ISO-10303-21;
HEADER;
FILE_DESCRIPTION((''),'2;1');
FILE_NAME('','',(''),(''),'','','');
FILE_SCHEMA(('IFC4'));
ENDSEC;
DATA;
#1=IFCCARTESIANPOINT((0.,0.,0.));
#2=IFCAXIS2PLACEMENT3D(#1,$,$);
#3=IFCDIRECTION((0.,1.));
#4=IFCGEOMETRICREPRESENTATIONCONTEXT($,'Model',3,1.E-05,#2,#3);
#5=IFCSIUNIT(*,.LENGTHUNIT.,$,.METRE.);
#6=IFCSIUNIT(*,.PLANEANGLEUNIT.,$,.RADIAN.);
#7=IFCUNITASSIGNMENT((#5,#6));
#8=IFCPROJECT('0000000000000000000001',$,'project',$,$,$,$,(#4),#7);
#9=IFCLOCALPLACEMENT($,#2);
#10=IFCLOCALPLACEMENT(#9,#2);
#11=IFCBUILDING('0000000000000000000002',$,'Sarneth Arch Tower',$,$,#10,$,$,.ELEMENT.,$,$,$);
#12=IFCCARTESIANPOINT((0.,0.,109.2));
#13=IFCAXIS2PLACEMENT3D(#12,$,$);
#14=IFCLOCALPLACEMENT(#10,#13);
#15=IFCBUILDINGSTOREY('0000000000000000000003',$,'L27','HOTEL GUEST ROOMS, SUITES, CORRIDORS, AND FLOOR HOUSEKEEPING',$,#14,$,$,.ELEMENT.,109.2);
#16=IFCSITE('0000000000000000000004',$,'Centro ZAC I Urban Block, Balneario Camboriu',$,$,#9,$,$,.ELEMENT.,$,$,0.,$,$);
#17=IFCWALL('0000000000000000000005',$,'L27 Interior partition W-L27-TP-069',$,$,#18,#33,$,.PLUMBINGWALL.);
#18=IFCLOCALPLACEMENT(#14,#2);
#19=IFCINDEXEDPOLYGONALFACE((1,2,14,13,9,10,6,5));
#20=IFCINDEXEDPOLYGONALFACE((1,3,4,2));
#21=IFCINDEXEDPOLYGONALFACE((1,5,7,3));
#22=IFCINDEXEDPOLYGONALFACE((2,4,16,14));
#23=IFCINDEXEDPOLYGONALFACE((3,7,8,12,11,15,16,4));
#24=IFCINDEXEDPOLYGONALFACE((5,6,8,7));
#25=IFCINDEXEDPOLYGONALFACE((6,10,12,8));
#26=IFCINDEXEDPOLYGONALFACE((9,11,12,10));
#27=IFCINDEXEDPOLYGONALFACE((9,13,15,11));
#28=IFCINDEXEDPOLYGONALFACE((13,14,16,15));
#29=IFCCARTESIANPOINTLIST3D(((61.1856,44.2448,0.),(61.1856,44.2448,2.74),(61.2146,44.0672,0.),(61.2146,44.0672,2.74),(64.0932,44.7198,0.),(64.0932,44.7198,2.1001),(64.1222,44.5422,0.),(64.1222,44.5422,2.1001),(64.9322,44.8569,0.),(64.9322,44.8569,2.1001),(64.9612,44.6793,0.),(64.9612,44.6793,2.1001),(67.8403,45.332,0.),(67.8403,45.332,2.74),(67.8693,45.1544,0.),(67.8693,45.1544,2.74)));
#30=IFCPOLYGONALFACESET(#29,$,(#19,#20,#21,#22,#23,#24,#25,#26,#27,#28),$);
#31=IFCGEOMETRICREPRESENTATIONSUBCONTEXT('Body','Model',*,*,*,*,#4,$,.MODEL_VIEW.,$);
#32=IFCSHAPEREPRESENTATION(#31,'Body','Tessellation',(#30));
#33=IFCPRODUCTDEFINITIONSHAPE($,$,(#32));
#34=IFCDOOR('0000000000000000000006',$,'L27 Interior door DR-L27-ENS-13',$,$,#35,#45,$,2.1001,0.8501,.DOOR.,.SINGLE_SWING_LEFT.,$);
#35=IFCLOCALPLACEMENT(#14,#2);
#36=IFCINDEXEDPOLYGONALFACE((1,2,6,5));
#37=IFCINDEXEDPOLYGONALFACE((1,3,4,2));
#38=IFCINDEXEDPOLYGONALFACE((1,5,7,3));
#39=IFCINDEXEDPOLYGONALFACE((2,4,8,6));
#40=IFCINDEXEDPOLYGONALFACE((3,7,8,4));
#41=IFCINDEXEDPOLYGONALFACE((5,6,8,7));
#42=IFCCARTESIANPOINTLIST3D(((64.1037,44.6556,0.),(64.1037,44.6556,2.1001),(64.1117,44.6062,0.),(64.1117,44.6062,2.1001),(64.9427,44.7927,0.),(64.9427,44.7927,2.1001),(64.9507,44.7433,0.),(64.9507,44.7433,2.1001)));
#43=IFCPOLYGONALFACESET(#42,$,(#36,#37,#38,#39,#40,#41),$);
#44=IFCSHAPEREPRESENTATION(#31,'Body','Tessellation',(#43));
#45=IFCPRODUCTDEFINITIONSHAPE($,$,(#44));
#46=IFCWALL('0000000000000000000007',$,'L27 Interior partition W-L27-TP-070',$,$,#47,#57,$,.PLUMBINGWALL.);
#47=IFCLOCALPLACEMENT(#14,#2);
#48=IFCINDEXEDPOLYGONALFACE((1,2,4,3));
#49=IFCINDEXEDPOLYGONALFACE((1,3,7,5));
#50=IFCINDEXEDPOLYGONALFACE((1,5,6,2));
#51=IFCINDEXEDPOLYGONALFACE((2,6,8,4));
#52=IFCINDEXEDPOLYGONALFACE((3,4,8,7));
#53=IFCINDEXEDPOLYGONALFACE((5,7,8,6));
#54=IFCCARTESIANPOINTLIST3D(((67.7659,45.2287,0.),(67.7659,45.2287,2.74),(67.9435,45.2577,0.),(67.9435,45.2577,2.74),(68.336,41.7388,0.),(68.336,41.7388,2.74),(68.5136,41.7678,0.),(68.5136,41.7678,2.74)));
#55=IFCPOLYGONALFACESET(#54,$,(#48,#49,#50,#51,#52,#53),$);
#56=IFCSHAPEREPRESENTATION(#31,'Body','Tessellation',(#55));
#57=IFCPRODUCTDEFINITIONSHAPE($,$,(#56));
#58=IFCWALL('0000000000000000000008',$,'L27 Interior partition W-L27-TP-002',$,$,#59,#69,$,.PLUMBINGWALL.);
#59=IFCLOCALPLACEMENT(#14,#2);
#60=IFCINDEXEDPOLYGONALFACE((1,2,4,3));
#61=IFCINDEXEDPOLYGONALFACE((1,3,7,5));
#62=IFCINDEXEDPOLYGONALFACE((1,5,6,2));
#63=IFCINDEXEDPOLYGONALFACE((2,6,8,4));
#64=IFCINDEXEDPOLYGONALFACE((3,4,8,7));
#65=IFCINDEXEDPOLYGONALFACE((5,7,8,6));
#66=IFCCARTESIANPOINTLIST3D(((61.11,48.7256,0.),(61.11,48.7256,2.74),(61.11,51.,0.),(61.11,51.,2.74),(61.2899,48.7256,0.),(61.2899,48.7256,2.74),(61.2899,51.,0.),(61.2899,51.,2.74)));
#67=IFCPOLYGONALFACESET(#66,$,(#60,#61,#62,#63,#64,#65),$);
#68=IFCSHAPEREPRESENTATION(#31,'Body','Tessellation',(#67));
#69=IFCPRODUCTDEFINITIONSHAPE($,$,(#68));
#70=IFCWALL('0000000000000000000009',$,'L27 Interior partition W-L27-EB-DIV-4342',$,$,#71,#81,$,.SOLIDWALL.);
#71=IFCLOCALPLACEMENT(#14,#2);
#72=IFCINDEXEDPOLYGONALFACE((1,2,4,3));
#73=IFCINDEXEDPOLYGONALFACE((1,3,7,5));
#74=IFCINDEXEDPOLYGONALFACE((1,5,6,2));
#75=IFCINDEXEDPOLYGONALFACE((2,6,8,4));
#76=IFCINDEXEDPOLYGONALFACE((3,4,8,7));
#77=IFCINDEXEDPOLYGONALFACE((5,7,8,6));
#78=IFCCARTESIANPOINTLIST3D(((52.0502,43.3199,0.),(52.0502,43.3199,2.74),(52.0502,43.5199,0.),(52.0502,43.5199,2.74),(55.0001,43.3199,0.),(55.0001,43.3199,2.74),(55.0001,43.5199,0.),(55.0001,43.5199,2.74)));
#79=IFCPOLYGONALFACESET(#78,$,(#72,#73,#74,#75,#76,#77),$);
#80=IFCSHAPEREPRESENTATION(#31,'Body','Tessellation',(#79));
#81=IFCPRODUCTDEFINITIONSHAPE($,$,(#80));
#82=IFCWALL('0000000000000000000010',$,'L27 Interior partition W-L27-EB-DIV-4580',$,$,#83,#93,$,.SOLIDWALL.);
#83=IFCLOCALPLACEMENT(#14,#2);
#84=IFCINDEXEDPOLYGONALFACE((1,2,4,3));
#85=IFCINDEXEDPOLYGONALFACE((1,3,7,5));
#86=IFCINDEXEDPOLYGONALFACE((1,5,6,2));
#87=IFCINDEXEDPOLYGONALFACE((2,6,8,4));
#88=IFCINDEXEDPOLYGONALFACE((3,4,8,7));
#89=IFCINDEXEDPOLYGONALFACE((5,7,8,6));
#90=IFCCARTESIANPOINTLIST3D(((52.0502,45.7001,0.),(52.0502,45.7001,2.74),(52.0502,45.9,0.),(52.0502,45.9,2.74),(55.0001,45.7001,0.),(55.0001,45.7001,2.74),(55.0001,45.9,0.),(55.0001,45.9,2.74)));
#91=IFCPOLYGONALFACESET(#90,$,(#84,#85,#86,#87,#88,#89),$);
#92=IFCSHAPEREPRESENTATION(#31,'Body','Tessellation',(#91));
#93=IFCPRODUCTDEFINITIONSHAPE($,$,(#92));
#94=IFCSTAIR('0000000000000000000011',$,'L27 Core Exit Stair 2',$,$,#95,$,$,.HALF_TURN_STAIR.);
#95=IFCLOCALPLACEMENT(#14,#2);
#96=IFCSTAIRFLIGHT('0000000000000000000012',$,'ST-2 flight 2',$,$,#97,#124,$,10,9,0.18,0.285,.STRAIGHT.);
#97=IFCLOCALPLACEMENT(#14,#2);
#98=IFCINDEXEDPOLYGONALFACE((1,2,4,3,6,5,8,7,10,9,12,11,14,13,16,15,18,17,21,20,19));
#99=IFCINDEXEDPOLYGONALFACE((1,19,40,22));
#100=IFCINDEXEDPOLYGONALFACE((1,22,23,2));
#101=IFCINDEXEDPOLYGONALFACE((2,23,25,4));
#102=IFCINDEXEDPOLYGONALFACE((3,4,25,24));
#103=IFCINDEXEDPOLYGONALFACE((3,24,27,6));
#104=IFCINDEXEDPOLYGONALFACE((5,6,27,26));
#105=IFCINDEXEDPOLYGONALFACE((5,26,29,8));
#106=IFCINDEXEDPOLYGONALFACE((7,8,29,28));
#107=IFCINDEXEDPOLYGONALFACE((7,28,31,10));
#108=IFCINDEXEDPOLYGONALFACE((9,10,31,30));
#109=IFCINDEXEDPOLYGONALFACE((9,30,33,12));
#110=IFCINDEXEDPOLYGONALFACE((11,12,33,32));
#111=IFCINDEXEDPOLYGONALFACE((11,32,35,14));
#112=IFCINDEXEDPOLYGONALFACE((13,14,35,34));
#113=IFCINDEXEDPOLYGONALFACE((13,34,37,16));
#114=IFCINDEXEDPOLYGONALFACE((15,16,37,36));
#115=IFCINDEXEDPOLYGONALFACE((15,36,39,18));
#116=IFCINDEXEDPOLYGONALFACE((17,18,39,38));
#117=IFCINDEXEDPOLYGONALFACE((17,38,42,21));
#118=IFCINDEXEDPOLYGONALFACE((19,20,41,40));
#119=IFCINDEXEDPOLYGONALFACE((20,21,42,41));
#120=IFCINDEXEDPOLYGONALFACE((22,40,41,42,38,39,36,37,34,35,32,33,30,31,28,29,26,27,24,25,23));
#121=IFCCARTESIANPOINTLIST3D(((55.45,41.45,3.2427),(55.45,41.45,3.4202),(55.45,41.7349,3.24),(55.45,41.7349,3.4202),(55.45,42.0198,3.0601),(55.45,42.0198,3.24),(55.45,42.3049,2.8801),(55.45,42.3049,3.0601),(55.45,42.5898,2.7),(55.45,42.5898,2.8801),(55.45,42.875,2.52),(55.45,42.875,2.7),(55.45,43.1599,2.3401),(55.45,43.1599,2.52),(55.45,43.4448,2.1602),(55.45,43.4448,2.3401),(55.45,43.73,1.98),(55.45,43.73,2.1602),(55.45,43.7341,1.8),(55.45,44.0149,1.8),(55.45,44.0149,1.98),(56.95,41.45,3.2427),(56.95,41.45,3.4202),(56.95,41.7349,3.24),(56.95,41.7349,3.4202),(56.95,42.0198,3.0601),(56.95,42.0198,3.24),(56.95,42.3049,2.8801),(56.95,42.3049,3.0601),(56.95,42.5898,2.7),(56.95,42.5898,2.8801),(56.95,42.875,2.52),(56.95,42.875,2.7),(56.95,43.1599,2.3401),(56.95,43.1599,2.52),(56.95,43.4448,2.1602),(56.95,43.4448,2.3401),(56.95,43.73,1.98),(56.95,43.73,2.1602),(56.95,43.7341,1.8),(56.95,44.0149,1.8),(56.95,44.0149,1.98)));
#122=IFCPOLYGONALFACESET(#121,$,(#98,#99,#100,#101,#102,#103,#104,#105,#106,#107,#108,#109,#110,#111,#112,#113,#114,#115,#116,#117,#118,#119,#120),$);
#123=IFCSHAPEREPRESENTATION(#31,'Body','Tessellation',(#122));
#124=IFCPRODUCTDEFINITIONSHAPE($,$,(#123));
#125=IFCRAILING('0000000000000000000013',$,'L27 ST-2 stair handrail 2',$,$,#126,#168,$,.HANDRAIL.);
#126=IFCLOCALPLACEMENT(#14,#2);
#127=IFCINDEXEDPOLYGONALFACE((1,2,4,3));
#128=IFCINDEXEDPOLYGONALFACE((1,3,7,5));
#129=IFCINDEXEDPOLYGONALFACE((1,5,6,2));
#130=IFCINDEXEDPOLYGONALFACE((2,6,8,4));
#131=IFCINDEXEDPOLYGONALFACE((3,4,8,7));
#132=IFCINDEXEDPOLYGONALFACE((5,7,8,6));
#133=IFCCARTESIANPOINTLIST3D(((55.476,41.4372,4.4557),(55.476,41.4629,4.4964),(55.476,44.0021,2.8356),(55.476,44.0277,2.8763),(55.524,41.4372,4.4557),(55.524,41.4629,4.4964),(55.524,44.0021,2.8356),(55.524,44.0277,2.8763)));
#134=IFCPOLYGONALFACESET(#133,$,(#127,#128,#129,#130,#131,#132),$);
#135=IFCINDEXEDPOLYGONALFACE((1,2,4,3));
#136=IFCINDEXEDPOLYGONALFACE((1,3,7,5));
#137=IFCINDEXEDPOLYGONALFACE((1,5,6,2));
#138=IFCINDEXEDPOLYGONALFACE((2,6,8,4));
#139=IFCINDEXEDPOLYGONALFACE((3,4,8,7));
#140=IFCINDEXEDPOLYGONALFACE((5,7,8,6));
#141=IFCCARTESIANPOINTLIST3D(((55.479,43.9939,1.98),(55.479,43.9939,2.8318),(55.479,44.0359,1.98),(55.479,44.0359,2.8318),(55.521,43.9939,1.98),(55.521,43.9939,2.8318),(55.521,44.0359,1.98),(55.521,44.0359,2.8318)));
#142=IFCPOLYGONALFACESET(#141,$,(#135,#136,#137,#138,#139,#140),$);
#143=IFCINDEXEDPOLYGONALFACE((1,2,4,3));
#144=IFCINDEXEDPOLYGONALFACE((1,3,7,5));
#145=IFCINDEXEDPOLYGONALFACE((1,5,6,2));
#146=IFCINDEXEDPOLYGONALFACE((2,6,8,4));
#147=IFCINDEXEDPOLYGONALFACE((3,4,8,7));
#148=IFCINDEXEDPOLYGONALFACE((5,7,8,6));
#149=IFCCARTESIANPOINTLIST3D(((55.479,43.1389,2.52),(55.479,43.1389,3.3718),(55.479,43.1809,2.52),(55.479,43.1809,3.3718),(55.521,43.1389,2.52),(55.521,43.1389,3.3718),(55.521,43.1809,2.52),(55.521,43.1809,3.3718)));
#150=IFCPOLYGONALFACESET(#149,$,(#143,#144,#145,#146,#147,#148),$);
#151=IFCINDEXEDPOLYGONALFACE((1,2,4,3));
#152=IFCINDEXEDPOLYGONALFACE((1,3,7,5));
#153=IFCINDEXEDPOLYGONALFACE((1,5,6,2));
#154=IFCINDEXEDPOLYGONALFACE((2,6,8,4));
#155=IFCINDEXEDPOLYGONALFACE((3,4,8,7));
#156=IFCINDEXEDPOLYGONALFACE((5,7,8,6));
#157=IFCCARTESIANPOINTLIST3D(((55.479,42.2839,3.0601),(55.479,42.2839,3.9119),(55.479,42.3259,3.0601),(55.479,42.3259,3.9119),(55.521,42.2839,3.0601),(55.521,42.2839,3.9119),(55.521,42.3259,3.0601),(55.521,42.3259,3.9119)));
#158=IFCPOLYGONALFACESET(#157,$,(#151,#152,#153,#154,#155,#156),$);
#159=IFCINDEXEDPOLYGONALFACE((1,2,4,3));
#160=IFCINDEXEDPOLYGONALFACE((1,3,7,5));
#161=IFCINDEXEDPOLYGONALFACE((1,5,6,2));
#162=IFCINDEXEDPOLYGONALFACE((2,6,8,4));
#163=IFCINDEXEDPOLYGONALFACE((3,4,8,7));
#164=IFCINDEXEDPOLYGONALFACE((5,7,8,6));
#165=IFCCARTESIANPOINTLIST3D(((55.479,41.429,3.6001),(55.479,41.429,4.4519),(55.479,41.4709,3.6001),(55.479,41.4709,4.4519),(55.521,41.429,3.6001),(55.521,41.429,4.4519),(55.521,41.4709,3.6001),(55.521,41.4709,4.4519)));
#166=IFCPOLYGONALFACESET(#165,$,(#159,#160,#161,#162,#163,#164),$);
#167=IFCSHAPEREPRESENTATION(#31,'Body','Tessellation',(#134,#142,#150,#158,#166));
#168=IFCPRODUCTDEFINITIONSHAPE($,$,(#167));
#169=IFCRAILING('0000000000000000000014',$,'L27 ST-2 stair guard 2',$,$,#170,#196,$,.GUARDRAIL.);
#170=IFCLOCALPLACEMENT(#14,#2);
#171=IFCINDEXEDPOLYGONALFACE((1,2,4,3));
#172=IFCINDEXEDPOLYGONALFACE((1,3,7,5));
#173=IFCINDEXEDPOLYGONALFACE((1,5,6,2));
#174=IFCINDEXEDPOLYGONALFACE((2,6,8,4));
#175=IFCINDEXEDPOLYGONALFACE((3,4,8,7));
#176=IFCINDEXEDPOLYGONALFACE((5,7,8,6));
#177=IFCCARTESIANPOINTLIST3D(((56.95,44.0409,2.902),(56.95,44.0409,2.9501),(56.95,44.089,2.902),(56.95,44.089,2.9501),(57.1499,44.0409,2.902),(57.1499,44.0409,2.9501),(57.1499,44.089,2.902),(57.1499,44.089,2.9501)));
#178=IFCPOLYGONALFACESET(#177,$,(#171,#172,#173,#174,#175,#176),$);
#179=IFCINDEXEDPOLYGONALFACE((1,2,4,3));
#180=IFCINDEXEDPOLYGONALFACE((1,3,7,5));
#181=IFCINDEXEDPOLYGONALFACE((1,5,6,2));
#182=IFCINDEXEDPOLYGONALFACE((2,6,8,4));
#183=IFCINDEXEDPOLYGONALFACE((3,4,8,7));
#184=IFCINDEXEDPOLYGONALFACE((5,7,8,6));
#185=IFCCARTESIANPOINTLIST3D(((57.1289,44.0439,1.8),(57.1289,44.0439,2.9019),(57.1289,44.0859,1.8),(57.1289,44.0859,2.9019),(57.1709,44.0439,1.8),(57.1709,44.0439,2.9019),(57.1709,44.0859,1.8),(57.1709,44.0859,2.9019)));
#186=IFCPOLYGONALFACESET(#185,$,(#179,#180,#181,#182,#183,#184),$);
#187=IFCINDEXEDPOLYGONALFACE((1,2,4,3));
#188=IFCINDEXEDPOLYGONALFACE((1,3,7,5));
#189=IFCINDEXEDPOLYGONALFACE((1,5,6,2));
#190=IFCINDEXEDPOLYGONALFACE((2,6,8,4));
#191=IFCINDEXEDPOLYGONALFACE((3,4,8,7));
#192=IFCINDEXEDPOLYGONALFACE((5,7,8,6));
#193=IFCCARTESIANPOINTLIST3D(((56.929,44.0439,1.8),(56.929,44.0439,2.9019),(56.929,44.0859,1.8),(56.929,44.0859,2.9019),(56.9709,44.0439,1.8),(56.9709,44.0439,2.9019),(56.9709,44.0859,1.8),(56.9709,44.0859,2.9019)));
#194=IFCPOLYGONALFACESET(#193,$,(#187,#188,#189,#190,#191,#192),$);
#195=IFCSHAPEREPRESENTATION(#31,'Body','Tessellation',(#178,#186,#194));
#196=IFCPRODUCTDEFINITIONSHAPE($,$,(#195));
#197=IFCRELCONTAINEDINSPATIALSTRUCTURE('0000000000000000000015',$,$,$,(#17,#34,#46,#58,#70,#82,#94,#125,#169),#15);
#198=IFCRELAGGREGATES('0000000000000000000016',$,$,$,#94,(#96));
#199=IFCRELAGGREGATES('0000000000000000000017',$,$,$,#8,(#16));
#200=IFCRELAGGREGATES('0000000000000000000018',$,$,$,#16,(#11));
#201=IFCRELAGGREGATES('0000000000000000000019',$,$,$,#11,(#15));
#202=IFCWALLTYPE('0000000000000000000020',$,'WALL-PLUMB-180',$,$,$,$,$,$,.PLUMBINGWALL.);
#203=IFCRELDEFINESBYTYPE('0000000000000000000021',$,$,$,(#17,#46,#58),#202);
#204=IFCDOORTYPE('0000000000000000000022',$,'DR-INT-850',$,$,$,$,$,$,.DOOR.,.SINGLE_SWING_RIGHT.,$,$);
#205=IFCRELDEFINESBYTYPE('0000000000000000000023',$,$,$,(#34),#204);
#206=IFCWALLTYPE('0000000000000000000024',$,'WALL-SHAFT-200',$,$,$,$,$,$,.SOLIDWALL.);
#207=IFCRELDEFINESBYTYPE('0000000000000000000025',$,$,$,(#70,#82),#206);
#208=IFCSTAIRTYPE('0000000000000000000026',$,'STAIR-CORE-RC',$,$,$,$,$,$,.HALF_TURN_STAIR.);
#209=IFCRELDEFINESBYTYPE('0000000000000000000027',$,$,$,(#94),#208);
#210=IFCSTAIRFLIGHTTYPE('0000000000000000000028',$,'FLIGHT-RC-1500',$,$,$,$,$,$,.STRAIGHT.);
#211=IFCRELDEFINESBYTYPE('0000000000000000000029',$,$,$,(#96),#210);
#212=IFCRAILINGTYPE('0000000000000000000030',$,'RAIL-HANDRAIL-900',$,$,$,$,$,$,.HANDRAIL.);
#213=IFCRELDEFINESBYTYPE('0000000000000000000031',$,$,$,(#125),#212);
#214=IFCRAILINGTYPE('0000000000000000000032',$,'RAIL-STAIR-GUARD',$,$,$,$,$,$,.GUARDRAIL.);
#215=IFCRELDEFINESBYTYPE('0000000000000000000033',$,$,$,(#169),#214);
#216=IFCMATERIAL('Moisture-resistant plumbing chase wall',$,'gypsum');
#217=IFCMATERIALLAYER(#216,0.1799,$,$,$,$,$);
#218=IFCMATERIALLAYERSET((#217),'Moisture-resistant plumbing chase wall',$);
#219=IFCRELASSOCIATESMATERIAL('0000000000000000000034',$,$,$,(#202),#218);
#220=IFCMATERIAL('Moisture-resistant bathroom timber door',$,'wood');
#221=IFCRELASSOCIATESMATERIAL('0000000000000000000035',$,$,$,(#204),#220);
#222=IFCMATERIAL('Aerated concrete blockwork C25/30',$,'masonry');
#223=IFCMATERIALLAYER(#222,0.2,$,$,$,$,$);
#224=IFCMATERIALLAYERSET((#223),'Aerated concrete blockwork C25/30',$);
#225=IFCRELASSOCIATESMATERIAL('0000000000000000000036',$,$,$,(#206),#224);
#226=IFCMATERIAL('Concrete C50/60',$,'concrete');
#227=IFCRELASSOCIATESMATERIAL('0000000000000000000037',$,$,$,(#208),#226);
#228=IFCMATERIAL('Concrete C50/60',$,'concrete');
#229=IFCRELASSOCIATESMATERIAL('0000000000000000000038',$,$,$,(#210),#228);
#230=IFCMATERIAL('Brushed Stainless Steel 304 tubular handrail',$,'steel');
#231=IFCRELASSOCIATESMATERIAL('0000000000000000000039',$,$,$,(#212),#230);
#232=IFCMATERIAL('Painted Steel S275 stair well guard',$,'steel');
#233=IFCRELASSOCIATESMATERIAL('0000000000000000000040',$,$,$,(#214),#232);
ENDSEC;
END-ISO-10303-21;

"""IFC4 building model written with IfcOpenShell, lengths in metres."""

from ifc_helpers import new_model, si_unit, direction, frame, frame_2d, origin, origin_2d, place, context, subcontext, project, spatial, polyline, rectangle, outline, extrude, material, layer, layer_set, type_object, element, fill, aggregate, save


model = new_model("IFC4")

# Units and contexts
model_context = context("Model", 3, precision=1e-05, world=origin(), true_north=direction((0.0, 1.0)))
body_context = subcontext(model_context, "Body", "Model", "MODEL_VIEW")
ifc_project = project(units=[si_unit("LENGTHUNIT", "METRE"), si_unit("PLANEANGLEUNIT", "RADIAN")], contexts=[model_context])

# Site, building, storey
site_placement = place(None, origin())
site = spatial("IfcSite", under=ifc_project, at=site_placement, Name="Centro ZAC I Urban Block, Balneario Camboriu", CompositionType="ELEMENT", RefElevation=0.0)
building_placement = place(site_placement, origin())
building = spatial("IfcBuilding", under=site, at=building_placement, Name="Sarneth Arch Tower", CompositionType="ELEMENT")
storey_placement = place(building_placement, frame((0.0, 0.0, 109.2)))
storey = spatial("IfcBuildingStorey", under=building, at=storey_placement, Name="L27", Description="HOTEL GUEST ROOMS, SUITES, CORRIDORS, AND FLOOR HOUSEKEEPING", CompositionType="ELEMENT", Elevation=109.2)

# Wall, opening, door
ifc_material_1 = material(Name="Moisture-resistant plumbing chase wall", Category="gypsum")
ifc_layer_1 = layer(ifc_material_1, 0.1799)
ifc_layer_set_1 = layer_set([ifc_layer_1], Name="Moisture-resistant plumbing chase wall")
wall_type_1 = type_object("IfcWallType", Name="WALL-PLUMB-180", PredefinedType="PLUMBINGWALL", material=ifc_layer_set_1)
wall_1_placement = place(storey_placement, frame((61.2, 44.156, 0.0), z_axis=(0.0, 0.0, 1.0), x_axis=(0.986917, 0.161228, 0.0)))
wall_1 = element("IfcWall", 1, at=wall_1_placement, inside=storey, type_object=wall_type_1, Name="L27 Interior partition W-L27-TP-069", PredefinedType="PLUMBINGWALL", context=body_context, shape_type="SweptSolid", body=[
    extrude(rectangle(XDim=6.7429, YDim=0.1799, at=frame_2d((3.3716, 0.0))), origin(), (0.0, 0.0, 1.0), 2.74),
])
opening_1_placement = place(wall_1_placement, frame((2.9463, 0.0, 0.0)))
opening_1 = element("IfcOpeningElement", 2, at=opening_1_placement, cuts=wall_1, PredefinedType="OPENING", context=body_context, shape_type="SweptSolid", body=[
    extrude(rectangle(XDim=0.8501, YDim=2.1001, at=frame_2d((0.425, 1.05))), frame((0.0, 0.0999, 0.0), z_axis=(0.0, -1.0, 0.0), x_axis=(1.0, 0.0, 0.0)), (0.0, 0.0, 1.0), 0.2),
])
ifc_material_2 = material(Name="Moisture-resistant bathroom timber door", Category="wood")
door_type_1 = type_object("IfcDoorType", Name="DR-INT-850", OperationType="SINGLE_SWING_RIGHT", PredefinedType="DOOR", material=ifc_material_2)
door_1_placement = place(opening_1_placement, origin())
door_1 = element("IfcDoor", 3, at=door_1_placement, inside=storey, type_object=door_type_1, Name="L27 Interior door DR-L27-ENS-13", OperationType="SINGLE_SWING_LEFT", OverallHeight=2.1001, OverallWidth=0.8501, PredefinedType="DOOR", context=body_context, shape_type="SweptSolid", body=[
    extrude(rectangle(XDim=0.8501, YDim=2.1001, at=frame_2d((0.425, 1.05))), frame((0.0, 0.0249, 0.0), z_axis=(0.0, -1.0, 0.0), x_axis=(1.0, 0.0, 0.0)), (0.0, 0.0, 1.0), 0.05),
])
fill(opening_1, door_1)

# Walls
wall_2_placement = place(storey_placement, frame((67.8547, 45.2432, 0.0), z_axis=(0.0, 0.0, 1.0), x_axis=(0.161207, -0.986921, 0.0)))
element("IfcWall", 4, at=wall_2_placement, inside=storey, type_object=wall_type_1, Name="L27 Interior partition W-L27-TP-070", PredefinedType="PLUMBINGWALL", context=body_context, shape_type="SweptSolid", body=[
    extrude(rectangle(XDim=3.5361, YDim=0.1799, at=frame_2d((1.7681, 0.0))), origin(), (0.0, 0.0, 1.0), 2.74),
])
wall_3_placement = place(storey_placement, frame((61.2, 48.7256, 0.0), z_axis=(0.0, 0.0, 1.0), x_axis=(0.0, 1.0, 0.0)))
element("IfcWall", 5, at=wall_3_placement, inside=storey, type_object=wall_type_1, Name="L27 Interior partition W-L27-TP-002", PredefinedType="PLUMBINGWALL", context=body_context, shape_type="SweptSolid", body=[
    extrude(rectangle(XDim=2.2744, YDim=0.1799, at=frame_2d((1.1372, 0.0))), origin(), (0.0, 0.0, 1.0), 2.74),
])
ifc_material_3 = material(Name="Aerated concrete blockwork C25/30", Category="masonry")
ifc_layer_2 = layer(ifc_material_3, 0.2)
ifc_layer_set_2 = layer_set([ifc_layer_2], Name="Aerated concrete blockwork C25/30")
wall_type_2 = type_object("IfcWallType", Name="WALL-SHAFT-200", PredefinedType="SOLIDWALL", material=ifc_layer_set_2)
for number, where, z_axis, x_axis, name in (
    (6, (52.05, 43.4199, 0.0), (0.0, 0.0, 1.0), (1.0, 0.0, 0.0), "L27 Interior partition W-L27-EB-DIV-4342"),
    (7, (52.05, 45.8, 0.0), (0.0, 0.0, 1.0), (1.0, 0.0, 0.0), "L27 Interior partition W-L27-EB-DIV-4580"),
):
    element("IfcWall", number, at=place(storey_placement, frame(where, z_axis=z_axis, x_axis=x_axis)), inside=storey, type_object=wall_type_2, Name=name, PredefinedType="SOLIDWALL", context=body_context, shape_type="SweptSolid", body=[
        extrude(rectangle(XDim=2.95, YDim=0.2, at=frame_2d((1.4751, 0.0))), origin(), (0.0, 0.0, 1.0), 2.74),
    ])

# Stair, stair flight
ifc_material_4 = material(Name="Concrete C50/60", Category="concrete")
stair_type = type_object("IfcStairType", Name="STAIR-CORE-RC", PredefinedType="HALF_TURN_STAIR", material=ifc_material_4)
stair_placement = place(storey_placement, origin())
stair = element("IfcStair", 8, at=stair_placement, inside=storey, type_object=stair_type, Name="L27 Core Exit Stair 2", PredefinedType="HALF_TURN_STAIR")
ifc_material_5 = material(Name="Concrete C50/60", Category="concrete")
stair_flight_type = type_object("IfcStairFlightType", Name="FLIGHT-RC-1500", PredefinedType="STRAIGHT", material=ifc_material_5)
stair_flight_placement = place(storey_placement, frame((56.2, 44.0149, 1.8), z_axis=(0.0, 0.0, 1.0), x_axis=(0.0, -1.0, 0.0)))
stair_flight = element("IfcStairFlight", 9, at=stair_flight_placement, type_object=stair_flight_type, Name="ST-2 flight 2", NumberOfRisers=10, NumberOfTreads=9, PredefinedType="STRAIGHT", RiserHeight=0.18, TreadLength=0.285, context=body_context, shape_type="SweptSolid", body=[
    extrude(outline(polyline([(0.0, 0.0), (0.0, 0.1799), (0.2849, 0.1799), (0.2849, 0.3601), (0.5701, 0.3601), (0.5701, 0.54), (0.855, 0.54), (0.855, 0.72), (1.1399, 0.72), (1.1399, 0.8999), (1.425, 0.8999), (1.425, 1.0801), (1.71, 1.0801), (1.71, 1.26), (1.9951, 1.26), (1.9951, 1.4399), (2.28, 1.4399), (2.28, 1.6201), (2.5649, 1.6201), (2.5649, 1.8), (2.5649, 1.4426), (0.2808, 0.0), (0.0, 0.0)])), frame((0.0, 0.75, 0.0), z_axis=(0.0, -1.0, 0.0), x_axis=(1.0, 0.0, 0.0)), (0.0, 0.0, 1.0), 1.5),
])
aggregate(stair, [stair_flight])

# Railings
ifc_material_6 = material(Name="Brushed Stainless Steel 304 tubular handrail", Category="steel")
railing_type_1 = type_object("IfcRailingType", Name="RAIL-HANDRAIL-900", PredefinedType="HANDRAIL", material=ifc_material_6)
railing_1_placement = place(storey_placement, frame((55.5, 44.0149, 1.98)))
element("IfcRailing", 10, at=railing_1_placement, inside=storey, type_object=railing_type_1, Name="L27 ST-2 stair handrail 2", PredefinedType="HANDRAIL", context=body_context, shape_type="SweptSolid", body=[
    extrude(rectangle(XDim=0.0481, YDim=0.0481, at=origin_2d()), frame((0.0, 0.0, 0.876), z_axis=(0.0, -0.845466, 0.534029), x_axis=(1.0, 0.0, 0.0)), (0.0, 0.0, 1.0), 3.0337),
    extrude(rectangle(XDim=0.042, YDim=0.042, at=origin_2d()), origin(), (0.0, 0.0, 1.0), 0.8518),
    extrude(rectangle(XDim=0.042, YDim=0.042, at=origin_2d()), frame((0.0, -0.855, 0.54)), (0.0, 0.0, 1.0), 0.8518),
    extrude(rectangle(XDim=0.042, YDim=0.042, at=origin_2d()), frame((0.0, -1.71, 1.0801)), (0.0, 0.0, 1.0), 0.8518),
    extrude(rectangle(XDim=0.042, YDim=0.042, at=origin_2d()), frame((0.0, -2.5649, 1.6201)), (0.0, 0.0, 1.0), 0.8518),
])
ifc_material_7 = material(Name="Painted Steel S275 stair well guard", Category="steel")
railing_type_2 = type_object("IfcRailingType", Name="RAIL-STAIR-GUARD", PredefinedType="GUARDRAIL", material=ifc_material_7)
railing_2_placement = place(storey_placement, frame((57.1499, 44.0649, 1.8)))
element("IfcRailing", 11, at=railing_2_placement, inside=storey, type_object=railing_type_2, Name="L27 ST-2 stair guard 2", PredefinedType="GUARDRAIL", context=body_context, shape_type="SweptSolid", body=[
    extrude(rectangle(XDim=0.0481, YDim=0.0481, at=origin_2d()), frame((0.0, 0.0, 1.126), z_axis=(-1.0, 0.0, 0.0), x_axis=(0.0, -1.0, 0.0)), (0.0, 0.0, 1.0), 0.2),
    extrude(rectangle(XDim=0.042, YDim=0.042, at=origin_2d()), origin(), (0.0, 0.0, 1.0), 1.1018),
    extrude(rectangle(XDim=0.042, YDim=0.042, at=origin_2d()), frame((-0.2, 0.0, 0.0)), (0.0, 0.0, 1.0), 1.1018),
])

save(model, "model.ifc")
